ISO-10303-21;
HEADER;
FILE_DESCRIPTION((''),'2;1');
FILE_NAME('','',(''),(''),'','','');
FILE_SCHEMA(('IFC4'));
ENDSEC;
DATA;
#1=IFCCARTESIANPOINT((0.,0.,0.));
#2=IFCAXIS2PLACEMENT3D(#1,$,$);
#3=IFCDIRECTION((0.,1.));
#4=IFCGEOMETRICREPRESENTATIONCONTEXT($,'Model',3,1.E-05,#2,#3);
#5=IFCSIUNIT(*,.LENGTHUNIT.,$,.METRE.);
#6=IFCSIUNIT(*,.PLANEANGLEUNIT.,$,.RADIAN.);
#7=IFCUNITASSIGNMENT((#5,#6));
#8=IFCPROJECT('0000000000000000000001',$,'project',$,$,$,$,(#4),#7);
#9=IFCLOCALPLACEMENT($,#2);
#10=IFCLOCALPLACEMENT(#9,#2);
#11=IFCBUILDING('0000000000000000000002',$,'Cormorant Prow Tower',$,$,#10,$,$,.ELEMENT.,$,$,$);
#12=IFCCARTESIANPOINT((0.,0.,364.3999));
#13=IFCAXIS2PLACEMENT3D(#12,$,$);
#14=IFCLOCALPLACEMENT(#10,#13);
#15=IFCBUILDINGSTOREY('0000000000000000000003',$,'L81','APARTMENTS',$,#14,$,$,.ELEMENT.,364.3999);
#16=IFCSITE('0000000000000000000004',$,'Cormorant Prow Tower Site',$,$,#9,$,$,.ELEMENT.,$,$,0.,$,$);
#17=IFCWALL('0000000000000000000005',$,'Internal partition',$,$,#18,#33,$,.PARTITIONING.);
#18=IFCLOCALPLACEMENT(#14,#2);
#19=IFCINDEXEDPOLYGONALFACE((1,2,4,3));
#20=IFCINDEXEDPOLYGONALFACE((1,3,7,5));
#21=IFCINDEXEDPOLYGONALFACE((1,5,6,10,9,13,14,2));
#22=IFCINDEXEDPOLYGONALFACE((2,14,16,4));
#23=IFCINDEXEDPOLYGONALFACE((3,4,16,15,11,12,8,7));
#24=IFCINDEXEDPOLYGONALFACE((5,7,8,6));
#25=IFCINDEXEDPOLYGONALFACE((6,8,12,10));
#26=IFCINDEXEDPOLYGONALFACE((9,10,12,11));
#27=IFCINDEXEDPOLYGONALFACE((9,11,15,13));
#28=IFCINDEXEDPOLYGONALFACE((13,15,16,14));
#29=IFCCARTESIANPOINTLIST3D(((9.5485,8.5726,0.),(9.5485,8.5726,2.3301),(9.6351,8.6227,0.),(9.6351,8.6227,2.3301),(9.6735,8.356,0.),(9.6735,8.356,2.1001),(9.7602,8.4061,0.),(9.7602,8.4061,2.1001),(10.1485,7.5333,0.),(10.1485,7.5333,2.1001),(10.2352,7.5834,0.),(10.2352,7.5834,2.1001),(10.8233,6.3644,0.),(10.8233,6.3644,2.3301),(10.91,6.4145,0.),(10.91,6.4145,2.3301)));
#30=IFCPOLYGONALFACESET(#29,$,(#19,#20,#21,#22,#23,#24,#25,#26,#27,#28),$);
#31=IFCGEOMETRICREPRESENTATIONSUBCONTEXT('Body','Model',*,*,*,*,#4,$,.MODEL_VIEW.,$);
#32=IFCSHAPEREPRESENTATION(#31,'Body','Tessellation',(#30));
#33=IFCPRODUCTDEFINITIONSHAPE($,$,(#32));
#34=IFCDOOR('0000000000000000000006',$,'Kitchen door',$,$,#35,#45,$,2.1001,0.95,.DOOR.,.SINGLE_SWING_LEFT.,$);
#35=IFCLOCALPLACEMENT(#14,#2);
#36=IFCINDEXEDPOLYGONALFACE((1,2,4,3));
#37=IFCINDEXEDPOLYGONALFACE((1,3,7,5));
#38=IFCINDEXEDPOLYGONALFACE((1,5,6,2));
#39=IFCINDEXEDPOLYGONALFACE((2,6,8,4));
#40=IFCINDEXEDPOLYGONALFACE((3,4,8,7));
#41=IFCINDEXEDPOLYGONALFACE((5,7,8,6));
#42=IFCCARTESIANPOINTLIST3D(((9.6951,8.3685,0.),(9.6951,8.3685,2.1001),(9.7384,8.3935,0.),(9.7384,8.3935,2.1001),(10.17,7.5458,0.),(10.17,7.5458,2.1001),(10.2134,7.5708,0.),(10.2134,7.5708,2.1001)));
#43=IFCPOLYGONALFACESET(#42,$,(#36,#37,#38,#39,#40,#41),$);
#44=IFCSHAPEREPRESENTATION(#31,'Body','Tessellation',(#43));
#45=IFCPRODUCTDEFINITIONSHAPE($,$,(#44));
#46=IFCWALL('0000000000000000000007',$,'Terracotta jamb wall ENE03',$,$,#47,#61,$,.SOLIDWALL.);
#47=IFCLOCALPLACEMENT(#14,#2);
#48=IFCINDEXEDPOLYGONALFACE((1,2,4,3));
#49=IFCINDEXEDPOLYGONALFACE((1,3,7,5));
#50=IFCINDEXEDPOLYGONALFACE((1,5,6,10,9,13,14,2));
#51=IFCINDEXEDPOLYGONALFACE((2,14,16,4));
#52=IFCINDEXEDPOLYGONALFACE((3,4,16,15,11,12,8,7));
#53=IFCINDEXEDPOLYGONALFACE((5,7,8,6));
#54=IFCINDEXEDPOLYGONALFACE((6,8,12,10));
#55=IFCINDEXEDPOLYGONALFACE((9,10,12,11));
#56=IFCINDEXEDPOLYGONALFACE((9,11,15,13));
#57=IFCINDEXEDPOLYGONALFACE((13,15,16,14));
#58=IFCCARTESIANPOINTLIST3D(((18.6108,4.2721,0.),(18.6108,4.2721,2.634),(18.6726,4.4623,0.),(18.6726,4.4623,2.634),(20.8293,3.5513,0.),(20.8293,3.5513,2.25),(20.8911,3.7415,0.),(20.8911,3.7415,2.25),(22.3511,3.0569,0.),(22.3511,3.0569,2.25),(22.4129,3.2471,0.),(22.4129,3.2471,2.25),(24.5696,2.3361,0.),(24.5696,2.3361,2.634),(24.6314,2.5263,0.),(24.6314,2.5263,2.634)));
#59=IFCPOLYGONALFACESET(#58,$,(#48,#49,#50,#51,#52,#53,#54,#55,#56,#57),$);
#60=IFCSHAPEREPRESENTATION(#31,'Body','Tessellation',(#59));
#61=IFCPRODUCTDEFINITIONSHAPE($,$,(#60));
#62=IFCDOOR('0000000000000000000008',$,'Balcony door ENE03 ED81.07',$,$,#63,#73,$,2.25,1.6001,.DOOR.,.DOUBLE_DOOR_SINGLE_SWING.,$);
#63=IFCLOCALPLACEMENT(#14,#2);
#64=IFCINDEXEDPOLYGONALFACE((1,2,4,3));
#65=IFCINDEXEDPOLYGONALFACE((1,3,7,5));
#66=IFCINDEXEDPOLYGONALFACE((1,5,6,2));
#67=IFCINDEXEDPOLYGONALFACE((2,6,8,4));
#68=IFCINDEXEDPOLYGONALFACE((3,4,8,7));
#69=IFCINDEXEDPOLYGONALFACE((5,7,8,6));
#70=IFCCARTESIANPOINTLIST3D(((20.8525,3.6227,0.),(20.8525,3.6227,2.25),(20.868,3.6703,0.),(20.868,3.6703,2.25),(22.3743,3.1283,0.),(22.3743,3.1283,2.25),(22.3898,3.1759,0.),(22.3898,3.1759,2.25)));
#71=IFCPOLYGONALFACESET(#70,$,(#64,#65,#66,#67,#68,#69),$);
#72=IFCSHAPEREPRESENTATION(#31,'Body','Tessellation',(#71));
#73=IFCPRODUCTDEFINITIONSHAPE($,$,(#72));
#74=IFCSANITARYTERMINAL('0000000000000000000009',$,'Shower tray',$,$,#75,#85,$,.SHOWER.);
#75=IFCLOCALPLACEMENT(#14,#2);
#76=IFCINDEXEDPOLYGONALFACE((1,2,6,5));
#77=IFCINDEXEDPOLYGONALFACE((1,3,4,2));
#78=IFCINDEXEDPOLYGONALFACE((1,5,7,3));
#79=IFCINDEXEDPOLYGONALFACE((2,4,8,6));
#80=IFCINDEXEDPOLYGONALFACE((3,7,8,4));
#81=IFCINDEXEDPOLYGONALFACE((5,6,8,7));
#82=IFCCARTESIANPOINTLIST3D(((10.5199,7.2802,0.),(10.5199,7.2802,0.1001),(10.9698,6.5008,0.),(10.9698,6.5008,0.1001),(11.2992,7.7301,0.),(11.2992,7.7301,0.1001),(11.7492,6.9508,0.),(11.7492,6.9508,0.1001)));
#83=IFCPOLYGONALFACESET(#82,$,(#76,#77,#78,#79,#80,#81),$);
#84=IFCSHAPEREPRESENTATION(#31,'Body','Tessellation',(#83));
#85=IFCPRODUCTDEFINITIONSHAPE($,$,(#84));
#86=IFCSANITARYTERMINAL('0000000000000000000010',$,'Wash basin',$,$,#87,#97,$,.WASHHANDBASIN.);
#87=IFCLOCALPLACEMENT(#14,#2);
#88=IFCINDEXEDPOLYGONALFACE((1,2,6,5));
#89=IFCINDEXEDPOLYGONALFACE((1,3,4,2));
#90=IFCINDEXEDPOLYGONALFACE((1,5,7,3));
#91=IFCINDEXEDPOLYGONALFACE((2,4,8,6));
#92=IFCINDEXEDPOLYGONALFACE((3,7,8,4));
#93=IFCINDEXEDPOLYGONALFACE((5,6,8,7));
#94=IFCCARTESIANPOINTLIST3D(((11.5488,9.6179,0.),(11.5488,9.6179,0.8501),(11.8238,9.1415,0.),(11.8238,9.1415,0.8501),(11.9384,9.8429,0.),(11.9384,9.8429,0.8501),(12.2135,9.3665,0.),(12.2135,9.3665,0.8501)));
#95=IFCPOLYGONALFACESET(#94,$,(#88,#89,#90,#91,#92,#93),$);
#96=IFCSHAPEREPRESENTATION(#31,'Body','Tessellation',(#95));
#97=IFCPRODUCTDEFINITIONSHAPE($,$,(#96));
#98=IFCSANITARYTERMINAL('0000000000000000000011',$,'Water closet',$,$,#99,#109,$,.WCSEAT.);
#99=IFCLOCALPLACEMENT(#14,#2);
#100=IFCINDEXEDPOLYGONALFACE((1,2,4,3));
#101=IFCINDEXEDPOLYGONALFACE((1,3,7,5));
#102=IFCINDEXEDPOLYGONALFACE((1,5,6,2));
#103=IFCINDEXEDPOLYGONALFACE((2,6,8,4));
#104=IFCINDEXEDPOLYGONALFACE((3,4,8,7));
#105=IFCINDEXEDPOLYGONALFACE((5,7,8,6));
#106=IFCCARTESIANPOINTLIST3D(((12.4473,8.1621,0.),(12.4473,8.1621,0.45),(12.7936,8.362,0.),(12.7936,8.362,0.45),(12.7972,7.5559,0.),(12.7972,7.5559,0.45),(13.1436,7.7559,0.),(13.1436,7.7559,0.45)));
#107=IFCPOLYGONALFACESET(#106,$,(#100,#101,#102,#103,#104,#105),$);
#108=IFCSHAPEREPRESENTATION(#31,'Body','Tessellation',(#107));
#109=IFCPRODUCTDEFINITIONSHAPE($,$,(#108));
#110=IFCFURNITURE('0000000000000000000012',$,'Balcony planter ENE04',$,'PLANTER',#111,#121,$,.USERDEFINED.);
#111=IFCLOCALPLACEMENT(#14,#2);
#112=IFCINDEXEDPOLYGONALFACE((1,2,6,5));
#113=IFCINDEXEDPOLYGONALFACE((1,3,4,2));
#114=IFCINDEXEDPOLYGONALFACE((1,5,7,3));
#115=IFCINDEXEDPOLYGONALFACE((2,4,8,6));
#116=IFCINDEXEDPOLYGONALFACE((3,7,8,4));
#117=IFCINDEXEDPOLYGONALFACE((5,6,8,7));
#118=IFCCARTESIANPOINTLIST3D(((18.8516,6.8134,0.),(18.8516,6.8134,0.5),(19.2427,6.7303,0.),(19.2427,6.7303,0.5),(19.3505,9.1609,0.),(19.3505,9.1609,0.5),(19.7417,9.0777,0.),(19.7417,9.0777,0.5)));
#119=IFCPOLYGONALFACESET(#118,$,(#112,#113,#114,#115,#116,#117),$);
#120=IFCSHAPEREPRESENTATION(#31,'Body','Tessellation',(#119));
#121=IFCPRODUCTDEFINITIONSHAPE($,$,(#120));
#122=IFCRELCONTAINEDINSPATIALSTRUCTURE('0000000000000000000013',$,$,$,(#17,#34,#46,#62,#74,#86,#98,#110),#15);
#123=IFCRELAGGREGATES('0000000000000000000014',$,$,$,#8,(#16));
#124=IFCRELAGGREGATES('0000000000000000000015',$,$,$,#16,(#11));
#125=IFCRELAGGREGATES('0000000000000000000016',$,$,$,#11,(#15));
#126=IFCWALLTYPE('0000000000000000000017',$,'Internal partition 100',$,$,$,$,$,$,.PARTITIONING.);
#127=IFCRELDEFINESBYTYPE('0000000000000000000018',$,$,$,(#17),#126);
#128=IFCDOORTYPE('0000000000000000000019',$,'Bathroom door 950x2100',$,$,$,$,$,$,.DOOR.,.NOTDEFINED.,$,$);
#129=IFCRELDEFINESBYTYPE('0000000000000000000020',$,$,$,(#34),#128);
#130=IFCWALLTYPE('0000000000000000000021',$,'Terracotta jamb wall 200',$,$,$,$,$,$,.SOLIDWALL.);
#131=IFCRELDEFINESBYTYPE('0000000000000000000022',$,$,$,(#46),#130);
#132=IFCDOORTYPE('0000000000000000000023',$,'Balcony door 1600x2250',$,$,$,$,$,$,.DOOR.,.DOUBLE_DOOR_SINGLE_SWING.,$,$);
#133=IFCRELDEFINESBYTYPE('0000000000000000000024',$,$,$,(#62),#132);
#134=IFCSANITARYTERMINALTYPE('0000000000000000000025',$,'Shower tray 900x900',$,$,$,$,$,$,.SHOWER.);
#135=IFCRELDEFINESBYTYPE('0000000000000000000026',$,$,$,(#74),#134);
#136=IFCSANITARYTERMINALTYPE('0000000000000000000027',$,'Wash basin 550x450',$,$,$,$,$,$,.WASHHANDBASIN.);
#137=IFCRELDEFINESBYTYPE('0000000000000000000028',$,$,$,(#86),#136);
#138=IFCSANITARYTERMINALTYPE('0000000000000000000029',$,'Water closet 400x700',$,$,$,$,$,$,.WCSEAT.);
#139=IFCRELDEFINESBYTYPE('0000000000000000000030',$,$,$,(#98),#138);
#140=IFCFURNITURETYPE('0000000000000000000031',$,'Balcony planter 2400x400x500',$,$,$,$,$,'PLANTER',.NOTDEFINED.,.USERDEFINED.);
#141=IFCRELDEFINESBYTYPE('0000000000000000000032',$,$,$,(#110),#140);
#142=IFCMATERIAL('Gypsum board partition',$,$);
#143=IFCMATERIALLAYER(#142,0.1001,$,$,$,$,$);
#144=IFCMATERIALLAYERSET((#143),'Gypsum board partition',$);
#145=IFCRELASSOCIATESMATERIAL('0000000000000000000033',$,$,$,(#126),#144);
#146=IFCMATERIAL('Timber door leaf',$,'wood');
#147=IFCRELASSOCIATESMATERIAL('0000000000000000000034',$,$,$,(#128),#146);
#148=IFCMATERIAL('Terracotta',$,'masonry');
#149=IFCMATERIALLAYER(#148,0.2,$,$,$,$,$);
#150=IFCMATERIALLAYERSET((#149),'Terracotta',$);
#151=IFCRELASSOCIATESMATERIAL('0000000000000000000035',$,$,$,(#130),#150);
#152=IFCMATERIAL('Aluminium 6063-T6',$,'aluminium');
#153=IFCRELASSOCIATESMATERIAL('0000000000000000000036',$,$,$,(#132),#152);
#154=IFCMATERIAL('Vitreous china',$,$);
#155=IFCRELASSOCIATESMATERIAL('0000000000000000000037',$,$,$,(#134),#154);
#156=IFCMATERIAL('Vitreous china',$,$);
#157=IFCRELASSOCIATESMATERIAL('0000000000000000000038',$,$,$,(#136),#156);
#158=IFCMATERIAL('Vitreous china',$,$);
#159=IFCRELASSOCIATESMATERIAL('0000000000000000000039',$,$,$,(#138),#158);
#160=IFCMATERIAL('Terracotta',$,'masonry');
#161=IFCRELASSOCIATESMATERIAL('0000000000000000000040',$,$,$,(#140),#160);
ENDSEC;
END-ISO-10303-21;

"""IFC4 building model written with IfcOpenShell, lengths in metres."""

from ifc_helpers import new_model, si_unit, direction, frame, frame_2d, origin, origin_2d, place, context, subcontext, project, spatial, rectangle, extrude, material, layer, layer_set, type_object, element, fill, save


model = new_model("IFC4")

# Units and contexts
model_context = context("Model", 3, precision=1e-05, world=origin(), true_north=direction((0.0, 1.0)))
body_context = subcontext(model_context, "Body", "Model", "MODEL_VIEW")
ifc_project = project(units=[si_unit("LENGTHUNIT", "METRE"), si_unit("PLANEANGLEUNIT", "RADIAN")], contexts=[model_context])

# Site, building, storey
site_placement = place(None, origin())
site = spatial("IfcSite", under=ifc_project, at=site_placement, Name="Cormorant Prow Tower Site", CompositionType="ELEMENT", RefElevation=0.0)
building_placement = place(site_placement, origin())
building = spatial("IfcBuilding", under=site, at=building_placement, Name="Cormorant Prow Tower", CompositionType="ELEMENT")
storey_placement = place(building_placement, frame((0.0, 0.0, 364.3999)))
storey = spatial("IfcBuildingStorey", under=building, at=storey_placement, Name="L81", Description="APARTMENTS", CompositionType="ELEMENT", Elevation=364.3999)

# Shared definitions
ifc_material_1 = material(Name="Gypsum board partition")
ifc_layer_1 = layer(ifc_material_1, 0.1001)
ifc_layer_set_1 = layer_set([ifc_layer_1], Name="Gypsum board partition")
wall_type_1 = type_object("IfcWallType", Name="Internal partition 100", PredefinedType="PARTITIONING", material=ifc_layer_set_1)

# Walls, openings, doors
wall_1_placement = place(storey_placement, frame((9.5918, 8.5977, 0.0), z_axis=(0.0, 0.0, 1.0), x_axis=(0.49999, -0.866031, 0.0)))
wall_1 = element("IfcWall", 1, at=wall_1_placement, inside=storey, type_object=wall_type_1, Name="Internal partition", PredefinedType="PARTITIONING", context=body_context, shape_type="SweptSolid", body=[
    extrude(rectangle(XDim=2.5498, YDim=0.1001, at=frame_2d((1.2749, 0.0))), origin(), (0.0, 0.0, 1.0), 2.3301),
])
opening_1_placement = place(wall_1_placement, frame((0.25, 0.0, 0.0)))
opening_1 = element("IfcOpeningElement", 2, at=opening_1_placement, cuts=wall_1, PredefinedType="OPENING", context=body_context, shape_type="SweptSolid", body=[
    extrude(rectangle(XDim=0.95, YDim=2.1001, at=frame_2d((0.4751, 1.05))), frame((0.0, 0.0601, 0.0), z_axis=(0.0, -1.0, 0.0), x_axis=(1.0, 0.0, 0.0)), (0.0, 0.0, 1.0), 0.1201),
])
ifc_material_2 = material(Name="Timber door leaf", Category="wood")
door_type_1 = type_object("IfcDoorType", Name="Bathroom door 950x2100", OperationType="NOTDEFINED", PredefinedType="DOOR", material=ifc_material_2)
door_1_placement = place(opening_1_placement, origin())
door_1 = element("IfcDoor", 3, at=door_1_placement, inside=storey, type_object=door_type_1, Name="Kitchen door", OperationType="SINGLE_SWING_LEFT", OverallHeight=2.1001, OverallWidth=0.95, PredefinedType="DOOR", context=body_context, shape_type="SweptSolid", body=[
    extrude(rectangle(XDim=0.95, YDim=2.1001, at=frame_2d((0.4751, 1.05))), frame((0.0, 0.0249, 0.0), z_axis=(0.0, -1.0, 0.0), x_axis=(1.0, 0.0, 0.0)), (0.0, 0.0, 1.0), 0.05),
])
fill(opening_1, door_1)
ifc_material_3 = material(Name="Terracotta", Category="masonry")
ifc_layer_2 = layer(ifc_material_3, 0.2)
ifc_layer_set_2 = layer_set([ifc_layer_2], Name="Terracotta")
wall_type_2 = type_object("IfcWallType", Name="Terracotta jamb wall 200", PredefinedType="SOLIDWALL", material=ifc_layer_set_2)
wall_2_placement = place(storey_placement, frame((24.6006, 2.4312, 0.0), z_axis=(0.0, 0.0, 1.0), x_axis=(-0.95106, 0.309006, 0.0)))
wall_2 = element("IfcWall", 4, at=wall_2_placement, inside=storey, type_object=wall_type_2, Name="Terracotta jamb wall ENE03", PredefinedType="SOLIDWALL", context=body_context, shape_type="SweptSolid", body=[
    extrude(rectangle(XDim=6.2654, YDim=0.2, at=frame_2d((3.1328, 0.0))), origin(), (0.0, 0.0, 1.0), 2.634),
])
opening_2_placement = place(wall_2_placement, frame((2.3328, 0.0, 0.0)))
opening_2 = element("IfcOpeningElement", 5, at=opening_2_placement, cuts=wall_2, PredefinedType="OPENING", context=body_context, shape_type="SweptSolid", body=[
    extrude(rectangle(XDim=1.6001, YDim=2.25, at=frame_2d((0.8, 1.125))), frame((0.0, 0.1099, 0.0), z_axis=(0.0, -1.0, 0.0), x_axis=(1.0, 0.0, 0.0)), (0.0, 0.0, 1.0), 0.22),
])
ifc_material_4 = material(Name="Aluminium 6063-T6", Category="aluminium")
door_type_2 = type_object("IfcDoorType", Name="Balcony door 1600x2250", OperationType="DOUBLE_DOOR_SINGLE_SWING", PredefinedType="DOOR", material=ifc_material_4)
door_2_placement = place(opening_2_placement, origin())
door_2 = element("IfcDoor", 6, at=door_2_placement, inside=storey, type_object=door_type_2, Name="Balcony door ENE03 ED81.07", OperationType="DOUBLE_DOOR_SINGLE_SWING", OverallHeight=2.25, OverallWidth=1.6001, PredefinedType="DOOR", context=body_context, shape_type="SweptSolid", body=[
    extrude(rectangle(XDim=1.6001, YDim=2.25, at=frame_2d((0.8, 1.125))), frame((0.0, 0.0249, 0.0), z_axis=(0.0, -1.0, 0.0), x_axis=(1.0, 0.0, 0.0)), (0.0, 0.0, 1.0), 0.05),
])
fill(opening_2, door_2)

# Sanitary terminals
ifc_material_5 = material(Name="Vitreous china")
sanitary_terminal_type_1 = type_object("IfcSanitaryTerminalType", Name="Shower tray 900x900", PredefinedType="SHOWER", material=ifc_material_5)
sanitary_terminal_1_placement = place(storey_placement, frame((11.1345, 7.1155, 0.0), z_axis=(0.0, 0.0, 1.0), x_axis=(-0.5, 0.866025, 0.0)))
element("IfcSanitaryTerminal", 7, at=sanitary_terminal_1_placement, inside=storey, type_object=sanitary_terminal_type_1, Name="Shower tray", PredefinedType="SHOWER", context=body_context, shape_type="SweptSolid", body=[
    extrude(rectangle(XDim=0.8999, YDim=0.8999, at=origin_2d()), origin(), (0.0, 0.0, 1.0), 0.1001),
])
ifc_material_6 = material(Name="Vitreous china")
sanitary_terminal_type_2 = type_object("IfcSanitaryTerminalType", Name="Wash basin 550x450", PredefinedType="WASHHANDBASIN", material=ifc_material_6)
sanitary_terminal_2_placement = place(storey_placement, frame((11.8811, 9.4922, 0.0), z_axis=(0.0, 0.0, 1.0), x_axis=(0.5, -0.866025, 0.0)))
element("IfcSanitaryTerminal", 8, at=sanitary_terminal_2_placement, inside=storey, type_object=sanitary_terminal_type_2, Name="Wash basin", PredefinedType="WASHHANDBASIN", context=body_context, shape_type="SweptSolid", body=[
    extrude(rectangle(XDim=0.55, YDim=0.45, at=origin_2d()), origin(), (0.0, 0.0, 1.0), 0.8501),
])
ifc_material_7 = material(Name="Vitreous china")
sanitary_terminal_type_3 = type_object("IfcSanitaryTerminalType", Name="Water closet 400x700", PredefinedType="WCSEAT", material=ifc_material_7)
sanitary_terminal_3_placement = place(storey_placement, frame((12.7954, 7.959, 0.0), z_axis=(0.0, 0.0, 1.0), x_axis=(-0.866025, -0.5, 0.0)))
element("IfcSanitaryTerminal", 9, at=sanitary_terminal_3_placement, inside=storey, type_object=sanitary_terminal_type_3, Name="Water closet", PredefinedType="WCSEAT", context=body_context, shape_type="SweptSolid", body=[
    extrude(rectangle(XDim=0.3999, YDim=0.7, at=origin_2d()), origin(), (0.0, 0.0, 1.0), 0.45),
])

# Furniture
ifc_material_8 = material(Name="Terracotta", Category="masonry")
furniture_type = type_object("IfcFurnitureType", Name="Balcony planter 2400x400x500", ElementType="PLANTER", AssemblyPlace="NOTDEFINED", PredefinedType="USERDEFINED", material=ifc_material_8)
furniture_placement = place(storey_placement, frame((19.2966, 7.9456, 0.0), z_axis=(0.0, 0.0, 1.0), x_axis=(0.207912, 0.978148, 0.0)))
element("IfcFurniture", 10, at=furniture_placement, inside=storey, type_object=furniture_type, Name="Balcony planter ENE04", ObjectType="PLANTER", PredefinedType="USERDEFINED", context=body_context, shape_type="SweptSolid", body=[
    extrude(rectangle(XDim=2.3999, YDim=0.3999, at=origin_2d()), origin(), (0.0, 0.0, 1.0), 0.5),
])

save(model, "model.ifc")
